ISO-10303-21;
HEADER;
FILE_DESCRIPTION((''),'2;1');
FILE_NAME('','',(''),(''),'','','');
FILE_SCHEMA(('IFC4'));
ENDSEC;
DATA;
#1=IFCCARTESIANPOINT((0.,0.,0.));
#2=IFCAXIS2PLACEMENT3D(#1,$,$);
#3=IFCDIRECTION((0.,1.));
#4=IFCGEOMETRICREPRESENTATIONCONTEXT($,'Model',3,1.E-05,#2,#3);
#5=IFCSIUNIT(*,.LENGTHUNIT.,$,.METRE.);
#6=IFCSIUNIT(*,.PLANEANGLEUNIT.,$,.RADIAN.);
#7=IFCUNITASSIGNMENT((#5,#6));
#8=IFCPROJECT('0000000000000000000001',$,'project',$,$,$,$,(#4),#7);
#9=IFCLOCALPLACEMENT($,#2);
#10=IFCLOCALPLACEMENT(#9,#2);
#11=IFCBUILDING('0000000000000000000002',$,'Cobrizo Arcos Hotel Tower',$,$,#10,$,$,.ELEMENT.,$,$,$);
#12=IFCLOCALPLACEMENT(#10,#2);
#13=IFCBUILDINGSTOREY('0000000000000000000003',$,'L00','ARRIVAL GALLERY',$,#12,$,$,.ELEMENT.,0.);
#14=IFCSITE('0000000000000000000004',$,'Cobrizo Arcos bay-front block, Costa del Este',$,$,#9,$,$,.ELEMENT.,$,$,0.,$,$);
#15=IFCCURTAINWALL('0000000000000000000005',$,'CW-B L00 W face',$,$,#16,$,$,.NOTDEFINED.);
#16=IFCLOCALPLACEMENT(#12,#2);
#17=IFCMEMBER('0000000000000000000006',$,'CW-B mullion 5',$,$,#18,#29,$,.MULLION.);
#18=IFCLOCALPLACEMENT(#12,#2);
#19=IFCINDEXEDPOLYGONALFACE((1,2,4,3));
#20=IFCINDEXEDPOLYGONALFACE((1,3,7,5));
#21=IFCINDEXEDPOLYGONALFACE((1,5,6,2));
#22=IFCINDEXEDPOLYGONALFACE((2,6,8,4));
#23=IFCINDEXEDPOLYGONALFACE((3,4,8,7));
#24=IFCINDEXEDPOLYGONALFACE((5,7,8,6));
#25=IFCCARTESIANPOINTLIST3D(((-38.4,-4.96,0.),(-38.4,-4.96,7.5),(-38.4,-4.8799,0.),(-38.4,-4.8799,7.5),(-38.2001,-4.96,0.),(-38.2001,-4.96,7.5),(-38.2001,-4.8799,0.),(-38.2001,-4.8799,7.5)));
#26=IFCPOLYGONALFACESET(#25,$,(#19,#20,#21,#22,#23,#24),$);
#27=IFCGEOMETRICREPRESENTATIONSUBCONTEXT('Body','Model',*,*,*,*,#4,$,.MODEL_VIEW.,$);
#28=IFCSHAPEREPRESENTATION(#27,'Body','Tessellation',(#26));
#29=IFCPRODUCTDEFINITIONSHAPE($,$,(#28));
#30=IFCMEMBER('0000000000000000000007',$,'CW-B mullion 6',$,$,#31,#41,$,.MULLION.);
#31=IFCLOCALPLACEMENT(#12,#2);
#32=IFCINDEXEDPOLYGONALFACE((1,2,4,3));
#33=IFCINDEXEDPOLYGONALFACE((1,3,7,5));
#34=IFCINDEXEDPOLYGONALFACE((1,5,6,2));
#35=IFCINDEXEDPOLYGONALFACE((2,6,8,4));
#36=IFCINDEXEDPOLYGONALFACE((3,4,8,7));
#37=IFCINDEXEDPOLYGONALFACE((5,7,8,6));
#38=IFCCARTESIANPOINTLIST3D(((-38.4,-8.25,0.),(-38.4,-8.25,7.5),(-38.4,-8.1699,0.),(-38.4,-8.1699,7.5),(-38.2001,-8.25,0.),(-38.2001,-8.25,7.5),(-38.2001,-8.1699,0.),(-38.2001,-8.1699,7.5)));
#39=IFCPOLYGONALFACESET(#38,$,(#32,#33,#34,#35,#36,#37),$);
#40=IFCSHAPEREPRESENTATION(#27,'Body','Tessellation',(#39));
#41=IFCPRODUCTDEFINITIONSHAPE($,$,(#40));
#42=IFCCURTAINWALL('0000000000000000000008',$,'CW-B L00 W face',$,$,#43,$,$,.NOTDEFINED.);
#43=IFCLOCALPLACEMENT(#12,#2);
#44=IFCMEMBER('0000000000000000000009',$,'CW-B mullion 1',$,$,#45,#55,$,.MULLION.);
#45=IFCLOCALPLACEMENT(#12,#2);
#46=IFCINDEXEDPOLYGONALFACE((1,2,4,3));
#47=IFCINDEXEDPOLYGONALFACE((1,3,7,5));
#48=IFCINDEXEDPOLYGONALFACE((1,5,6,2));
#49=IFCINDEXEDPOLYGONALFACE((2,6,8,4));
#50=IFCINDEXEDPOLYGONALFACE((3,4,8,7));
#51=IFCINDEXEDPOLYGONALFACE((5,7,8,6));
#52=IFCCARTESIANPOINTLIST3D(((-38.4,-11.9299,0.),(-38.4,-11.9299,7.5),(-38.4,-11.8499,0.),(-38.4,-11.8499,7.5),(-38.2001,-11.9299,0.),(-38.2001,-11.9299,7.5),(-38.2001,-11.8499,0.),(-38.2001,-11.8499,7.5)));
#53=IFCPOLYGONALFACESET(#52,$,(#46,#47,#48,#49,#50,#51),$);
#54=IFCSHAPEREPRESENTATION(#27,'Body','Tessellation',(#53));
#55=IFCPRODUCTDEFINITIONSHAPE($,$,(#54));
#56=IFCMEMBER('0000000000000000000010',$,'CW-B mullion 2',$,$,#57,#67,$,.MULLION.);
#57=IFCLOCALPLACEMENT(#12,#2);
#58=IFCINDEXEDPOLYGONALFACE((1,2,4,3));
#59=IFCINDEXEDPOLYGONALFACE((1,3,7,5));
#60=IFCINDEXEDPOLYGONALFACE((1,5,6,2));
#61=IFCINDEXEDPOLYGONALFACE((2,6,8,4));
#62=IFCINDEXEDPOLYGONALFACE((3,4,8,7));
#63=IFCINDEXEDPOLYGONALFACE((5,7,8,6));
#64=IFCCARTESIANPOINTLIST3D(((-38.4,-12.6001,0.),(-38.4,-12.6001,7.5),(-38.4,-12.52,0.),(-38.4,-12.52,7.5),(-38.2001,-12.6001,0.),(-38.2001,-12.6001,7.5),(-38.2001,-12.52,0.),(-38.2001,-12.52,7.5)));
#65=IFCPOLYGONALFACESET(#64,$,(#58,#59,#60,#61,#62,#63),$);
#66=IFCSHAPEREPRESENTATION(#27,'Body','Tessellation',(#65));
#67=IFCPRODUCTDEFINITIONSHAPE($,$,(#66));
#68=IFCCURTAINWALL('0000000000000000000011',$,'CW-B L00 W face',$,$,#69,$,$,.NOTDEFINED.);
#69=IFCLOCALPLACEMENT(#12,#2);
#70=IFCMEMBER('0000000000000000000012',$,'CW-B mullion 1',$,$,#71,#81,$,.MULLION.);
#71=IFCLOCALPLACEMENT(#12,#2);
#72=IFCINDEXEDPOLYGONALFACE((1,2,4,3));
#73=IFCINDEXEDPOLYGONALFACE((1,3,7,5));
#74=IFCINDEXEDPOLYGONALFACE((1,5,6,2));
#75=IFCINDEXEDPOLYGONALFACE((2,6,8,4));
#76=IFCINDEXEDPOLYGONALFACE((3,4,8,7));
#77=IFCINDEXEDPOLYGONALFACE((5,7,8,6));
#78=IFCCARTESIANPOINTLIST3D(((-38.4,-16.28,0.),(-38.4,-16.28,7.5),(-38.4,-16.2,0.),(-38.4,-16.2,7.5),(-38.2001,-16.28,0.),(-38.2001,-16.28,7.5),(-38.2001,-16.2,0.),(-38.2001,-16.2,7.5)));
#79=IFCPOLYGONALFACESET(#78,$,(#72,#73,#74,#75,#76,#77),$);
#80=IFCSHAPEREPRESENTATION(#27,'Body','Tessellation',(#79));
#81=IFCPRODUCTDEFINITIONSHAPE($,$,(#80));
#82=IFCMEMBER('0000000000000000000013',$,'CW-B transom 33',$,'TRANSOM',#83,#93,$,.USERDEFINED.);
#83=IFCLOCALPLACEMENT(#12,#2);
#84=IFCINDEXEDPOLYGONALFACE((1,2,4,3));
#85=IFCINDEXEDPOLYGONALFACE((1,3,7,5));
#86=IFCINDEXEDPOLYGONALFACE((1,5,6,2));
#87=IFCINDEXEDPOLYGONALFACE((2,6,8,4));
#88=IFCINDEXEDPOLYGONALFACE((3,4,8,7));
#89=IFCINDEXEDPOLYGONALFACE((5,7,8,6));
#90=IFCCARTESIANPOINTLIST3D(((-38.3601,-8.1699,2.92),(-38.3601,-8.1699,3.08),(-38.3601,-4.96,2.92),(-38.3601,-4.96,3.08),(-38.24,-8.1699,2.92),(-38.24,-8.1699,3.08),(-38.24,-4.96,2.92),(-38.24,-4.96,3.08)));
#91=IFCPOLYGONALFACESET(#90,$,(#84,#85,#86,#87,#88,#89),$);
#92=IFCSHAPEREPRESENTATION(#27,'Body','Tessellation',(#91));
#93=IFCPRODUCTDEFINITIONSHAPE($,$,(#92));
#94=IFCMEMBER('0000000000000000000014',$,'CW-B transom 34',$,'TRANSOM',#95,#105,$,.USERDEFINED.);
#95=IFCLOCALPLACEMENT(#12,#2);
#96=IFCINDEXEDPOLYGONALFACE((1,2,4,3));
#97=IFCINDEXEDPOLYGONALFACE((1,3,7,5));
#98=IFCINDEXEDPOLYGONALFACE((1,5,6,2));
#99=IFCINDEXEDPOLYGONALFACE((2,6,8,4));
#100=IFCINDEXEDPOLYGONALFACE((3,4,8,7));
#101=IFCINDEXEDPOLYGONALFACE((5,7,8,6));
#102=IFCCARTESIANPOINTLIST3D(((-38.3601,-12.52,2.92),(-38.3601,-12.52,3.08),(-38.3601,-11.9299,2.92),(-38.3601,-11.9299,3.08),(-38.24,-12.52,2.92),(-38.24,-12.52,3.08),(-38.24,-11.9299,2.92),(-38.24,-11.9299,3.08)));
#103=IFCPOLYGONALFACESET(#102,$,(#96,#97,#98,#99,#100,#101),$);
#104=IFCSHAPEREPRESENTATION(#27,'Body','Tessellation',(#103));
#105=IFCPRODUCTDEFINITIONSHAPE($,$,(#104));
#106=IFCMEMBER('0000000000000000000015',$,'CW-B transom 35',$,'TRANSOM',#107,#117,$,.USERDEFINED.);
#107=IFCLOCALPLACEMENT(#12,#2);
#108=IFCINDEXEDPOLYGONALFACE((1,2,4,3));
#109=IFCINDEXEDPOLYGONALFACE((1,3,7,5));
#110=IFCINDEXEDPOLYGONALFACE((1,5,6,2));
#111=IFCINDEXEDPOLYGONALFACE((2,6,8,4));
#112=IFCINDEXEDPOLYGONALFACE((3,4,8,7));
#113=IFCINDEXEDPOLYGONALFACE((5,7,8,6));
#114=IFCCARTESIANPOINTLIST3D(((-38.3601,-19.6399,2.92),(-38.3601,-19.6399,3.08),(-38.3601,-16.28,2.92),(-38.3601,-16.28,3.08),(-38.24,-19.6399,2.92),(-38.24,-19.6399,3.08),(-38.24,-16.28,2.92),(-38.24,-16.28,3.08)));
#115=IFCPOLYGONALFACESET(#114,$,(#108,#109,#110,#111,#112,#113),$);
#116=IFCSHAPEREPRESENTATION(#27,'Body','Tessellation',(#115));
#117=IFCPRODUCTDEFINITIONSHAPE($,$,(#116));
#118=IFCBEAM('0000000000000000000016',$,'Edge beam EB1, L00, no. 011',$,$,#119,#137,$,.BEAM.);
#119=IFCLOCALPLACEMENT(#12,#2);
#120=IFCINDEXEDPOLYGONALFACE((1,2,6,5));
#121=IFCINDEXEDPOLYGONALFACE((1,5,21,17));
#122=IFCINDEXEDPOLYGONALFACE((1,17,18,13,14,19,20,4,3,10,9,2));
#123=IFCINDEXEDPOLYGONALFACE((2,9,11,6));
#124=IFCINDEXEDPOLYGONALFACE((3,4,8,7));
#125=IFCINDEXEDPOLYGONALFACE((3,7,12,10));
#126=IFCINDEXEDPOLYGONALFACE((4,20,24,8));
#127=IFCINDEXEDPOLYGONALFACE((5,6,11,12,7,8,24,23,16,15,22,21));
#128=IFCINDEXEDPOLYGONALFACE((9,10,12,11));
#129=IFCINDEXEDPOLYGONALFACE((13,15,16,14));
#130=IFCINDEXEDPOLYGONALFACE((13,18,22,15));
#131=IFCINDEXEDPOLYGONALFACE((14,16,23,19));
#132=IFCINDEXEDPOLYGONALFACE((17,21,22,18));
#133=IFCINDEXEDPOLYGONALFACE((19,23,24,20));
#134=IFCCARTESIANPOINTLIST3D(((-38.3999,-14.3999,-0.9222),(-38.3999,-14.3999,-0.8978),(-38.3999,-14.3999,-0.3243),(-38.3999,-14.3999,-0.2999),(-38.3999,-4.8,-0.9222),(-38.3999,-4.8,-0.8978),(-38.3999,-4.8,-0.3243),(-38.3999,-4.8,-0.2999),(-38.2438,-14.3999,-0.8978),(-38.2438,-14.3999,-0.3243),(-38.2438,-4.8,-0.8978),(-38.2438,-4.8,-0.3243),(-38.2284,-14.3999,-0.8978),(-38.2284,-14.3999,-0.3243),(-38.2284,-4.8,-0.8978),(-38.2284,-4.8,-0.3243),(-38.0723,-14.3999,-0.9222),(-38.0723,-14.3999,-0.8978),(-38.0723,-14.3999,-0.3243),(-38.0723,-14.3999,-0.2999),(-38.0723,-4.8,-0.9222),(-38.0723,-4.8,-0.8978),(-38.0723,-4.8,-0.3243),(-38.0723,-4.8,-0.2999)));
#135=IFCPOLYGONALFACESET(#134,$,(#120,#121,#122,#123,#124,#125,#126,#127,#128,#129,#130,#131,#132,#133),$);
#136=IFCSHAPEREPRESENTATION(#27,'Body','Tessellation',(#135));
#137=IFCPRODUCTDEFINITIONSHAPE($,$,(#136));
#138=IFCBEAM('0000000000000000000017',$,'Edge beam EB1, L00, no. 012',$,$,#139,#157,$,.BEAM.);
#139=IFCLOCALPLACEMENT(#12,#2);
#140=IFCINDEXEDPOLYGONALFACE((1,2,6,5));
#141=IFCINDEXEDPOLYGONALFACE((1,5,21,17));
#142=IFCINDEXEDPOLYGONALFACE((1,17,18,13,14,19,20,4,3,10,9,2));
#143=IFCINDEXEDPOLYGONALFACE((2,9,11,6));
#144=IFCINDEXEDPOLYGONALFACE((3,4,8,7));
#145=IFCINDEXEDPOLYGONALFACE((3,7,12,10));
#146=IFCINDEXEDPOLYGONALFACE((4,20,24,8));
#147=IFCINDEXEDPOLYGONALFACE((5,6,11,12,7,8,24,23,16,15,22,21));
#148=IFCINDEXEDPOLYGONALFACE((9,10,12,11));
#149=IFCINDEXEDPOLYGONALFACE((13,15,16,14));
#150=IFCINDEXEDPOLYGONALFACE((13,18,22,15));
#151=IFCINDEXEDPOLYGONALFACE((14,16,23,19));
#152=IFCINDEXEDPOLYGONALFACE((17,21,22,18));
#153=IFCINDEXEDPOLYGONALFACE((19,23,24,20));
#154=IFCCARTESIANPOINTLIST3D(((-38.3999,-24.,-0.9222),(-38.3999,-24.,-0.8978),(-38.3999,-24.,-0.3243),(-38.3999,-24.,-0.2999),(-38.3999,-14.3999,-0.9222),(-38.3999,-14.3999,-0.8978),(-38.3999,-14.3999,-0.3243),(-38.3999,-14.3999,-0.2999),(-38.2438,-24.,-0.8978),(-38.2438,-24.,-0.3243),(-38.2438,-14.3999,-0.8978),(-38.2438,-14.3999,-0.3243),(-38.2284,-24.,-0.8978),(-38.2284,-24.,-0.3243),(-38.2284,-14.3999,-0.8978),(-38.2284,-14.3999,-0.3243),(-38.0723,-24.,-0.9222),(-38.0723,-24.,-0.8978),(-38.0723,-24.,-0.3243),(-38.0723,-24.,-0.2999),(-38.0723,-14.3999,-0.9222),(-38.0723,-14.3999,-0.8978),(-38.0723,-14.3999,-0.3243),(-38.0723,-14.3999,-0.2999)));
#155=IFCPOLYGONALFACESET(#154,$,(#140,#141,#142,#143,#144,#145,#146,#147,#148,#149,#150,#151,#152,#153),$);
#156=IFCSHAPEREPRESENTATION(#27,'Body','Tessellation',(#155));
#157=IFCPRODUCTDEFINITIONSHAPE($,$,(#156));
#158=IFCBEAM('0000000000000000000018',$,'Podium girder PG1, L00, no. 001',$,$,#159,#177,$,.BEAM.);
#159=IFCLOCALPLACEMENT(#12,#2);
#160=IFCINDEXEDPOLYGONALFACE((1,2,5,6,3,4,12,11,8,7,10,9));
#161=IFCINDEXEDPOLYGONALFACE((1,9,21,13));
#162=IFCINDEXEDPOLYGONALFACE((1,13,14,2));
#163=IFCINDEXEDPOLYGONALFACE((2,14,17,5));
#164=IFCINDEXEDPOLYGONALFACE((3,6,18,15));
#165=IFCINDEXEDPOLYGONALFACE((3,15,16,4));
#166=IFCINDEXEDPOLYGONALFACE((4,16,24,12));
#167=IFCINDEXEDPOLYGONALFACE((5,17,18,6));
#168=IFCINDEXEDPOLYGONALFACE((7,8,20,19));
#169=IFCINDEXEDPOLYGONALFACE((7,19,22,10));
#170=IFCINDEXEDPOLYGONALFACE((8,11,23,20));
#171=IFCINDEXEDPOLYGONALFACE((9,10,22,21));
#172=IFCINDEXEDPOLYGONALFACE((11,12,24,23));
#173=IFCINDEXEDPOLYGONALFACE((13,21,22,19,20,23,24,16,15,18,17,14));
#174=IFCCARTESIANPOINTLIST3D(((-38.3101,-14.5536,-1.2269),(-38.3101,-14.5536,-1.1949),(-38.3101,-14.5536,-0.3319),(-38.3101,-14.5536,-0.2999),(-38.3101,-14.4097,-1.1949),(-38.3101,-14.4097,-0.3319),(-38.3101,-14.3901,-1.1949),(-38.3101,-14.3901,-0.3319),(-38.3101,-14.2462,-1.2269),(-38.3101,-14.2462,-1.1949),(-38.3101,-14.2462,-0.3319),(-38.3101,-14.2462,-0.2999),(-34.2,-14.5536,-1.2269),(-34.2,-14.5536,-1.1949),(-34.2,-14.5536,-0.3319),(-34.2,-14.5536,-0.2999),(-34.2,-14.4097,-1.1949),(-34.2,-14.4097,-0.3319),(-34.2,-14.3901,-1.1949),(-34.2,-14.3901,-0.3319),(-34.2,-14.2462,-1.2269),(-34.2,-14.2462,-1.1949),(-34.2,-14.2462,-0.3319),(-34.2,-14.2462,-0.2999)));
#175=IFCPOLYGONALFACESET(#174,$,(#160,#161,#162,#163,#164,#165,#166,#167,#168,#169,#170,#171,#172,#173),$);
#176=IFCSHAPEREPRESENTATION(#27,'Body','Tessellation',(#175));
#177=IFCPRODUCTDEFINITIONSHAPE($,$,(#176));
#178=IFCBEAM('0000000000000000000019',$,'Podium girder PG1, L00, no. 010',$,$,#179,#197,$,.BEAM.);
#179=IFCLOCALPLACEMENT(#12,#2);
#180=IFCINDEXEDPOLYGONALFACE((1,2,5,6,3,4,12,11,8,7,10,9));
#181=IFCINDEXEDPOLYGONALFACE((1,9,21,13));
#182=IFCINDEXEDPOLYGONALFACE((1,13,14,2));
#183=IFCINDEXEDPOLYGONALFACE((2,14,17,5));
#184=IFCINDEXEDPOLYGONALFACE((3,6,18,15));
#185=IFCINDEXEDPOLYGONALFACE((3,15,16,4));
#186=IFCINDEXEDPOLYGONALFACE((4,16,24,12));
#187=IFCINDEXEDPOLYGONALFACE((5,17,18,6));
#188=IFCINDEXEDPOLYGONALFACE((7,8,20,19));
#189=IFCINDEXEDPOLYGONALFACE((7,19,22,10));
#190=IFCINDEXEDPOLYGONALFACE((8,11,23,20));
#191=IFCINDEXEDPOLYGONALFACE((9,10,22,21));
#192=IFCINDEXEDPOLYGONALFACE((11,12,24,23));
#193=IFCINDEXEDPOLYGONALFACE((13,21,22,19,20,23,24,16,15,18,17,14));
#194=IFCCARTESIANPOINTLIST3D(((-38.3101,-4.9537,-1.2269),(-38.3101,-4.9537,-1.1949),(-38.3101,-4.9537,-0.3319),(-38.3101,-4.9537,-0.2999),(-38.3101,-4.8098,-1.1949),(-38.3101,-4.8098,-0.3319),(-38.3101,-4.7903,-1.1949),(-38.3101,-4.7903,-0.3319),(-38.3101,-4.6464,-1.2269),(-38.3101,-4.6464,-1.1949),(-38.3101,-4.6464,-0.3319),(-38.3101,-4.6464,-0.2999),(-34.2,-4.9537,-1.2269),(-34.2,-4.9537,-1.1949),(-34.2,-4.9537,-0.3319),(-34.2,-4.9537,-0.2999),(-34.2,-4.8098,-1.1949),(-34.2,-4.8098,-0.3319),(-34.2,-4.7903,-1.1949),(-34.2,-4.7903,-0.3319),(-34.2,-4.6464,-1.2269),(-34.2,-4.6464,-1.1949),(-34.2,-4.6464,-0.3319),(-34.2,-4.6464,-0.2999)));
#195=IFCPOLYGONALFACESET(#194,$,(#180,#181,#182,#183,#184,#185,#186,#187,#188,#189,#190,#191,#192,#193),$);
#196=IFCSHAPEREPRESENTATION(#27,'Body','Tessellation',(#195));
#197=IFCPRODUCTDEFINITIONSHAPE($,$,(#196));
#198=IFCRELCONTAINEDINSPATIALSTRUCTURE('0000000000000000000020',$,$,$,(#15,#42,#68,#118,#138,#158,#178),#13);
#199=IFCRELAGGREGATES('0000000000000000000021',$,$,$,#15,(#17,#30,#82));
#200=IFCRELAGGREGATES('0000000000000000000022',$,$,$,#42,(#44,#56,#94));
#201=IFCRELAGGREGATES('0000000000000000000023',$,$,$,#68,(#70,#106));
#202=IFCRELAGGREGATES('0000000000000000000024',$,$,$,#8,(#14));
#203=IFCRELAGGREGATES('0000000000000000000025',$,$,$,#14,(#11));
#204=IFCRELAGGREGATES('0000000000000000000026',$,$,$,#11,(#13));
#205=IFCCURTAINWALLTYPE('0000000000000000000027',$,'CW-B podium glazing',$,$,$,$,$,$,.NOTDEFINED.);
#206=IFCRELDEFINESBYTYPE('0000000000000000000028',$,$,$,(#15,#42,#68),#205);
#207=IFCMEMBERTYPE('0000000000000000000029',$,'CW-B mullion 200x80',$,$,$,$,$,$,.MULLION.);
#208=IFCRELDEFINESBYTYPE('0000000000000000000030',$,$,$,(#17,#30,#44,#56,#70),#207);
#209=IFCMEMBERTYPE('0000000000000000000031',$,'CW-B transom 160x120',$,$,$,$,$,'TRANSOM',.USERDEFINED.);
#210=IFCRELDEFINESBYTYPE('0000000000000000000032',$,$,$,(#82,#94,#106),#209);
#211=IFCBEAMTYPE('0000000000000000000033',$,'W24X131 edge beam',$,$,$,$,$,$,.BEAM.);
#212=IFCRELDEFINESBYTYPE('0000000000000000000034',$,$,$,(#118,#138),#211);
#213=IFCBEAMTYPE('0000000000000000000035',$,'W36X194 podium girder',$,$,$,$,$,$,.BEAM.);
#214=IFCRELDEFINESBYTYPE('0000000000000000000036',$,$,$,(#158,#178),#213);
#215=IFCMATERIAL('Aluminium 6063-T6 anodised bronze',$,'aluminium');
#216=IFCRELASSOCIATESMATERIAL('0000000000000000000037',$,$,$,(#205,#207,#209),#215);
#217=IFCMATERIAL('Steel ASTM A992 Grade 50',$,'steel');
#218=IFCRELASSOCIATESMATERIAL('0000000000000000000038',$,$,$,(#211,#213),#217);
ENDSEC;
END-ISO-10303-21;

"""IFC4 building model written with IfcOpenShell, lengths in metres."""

from ifc_helpers import new_model, si_unit, direction, frame, origin, origin_2d, place, context, subcontext, project, spatial, rectangle, i_section, extrude, material, material_profile, profile_set, type_object, element, aggregate, save


model = new_model("IFC4")

# Units and contexts
model_context = context("Model", 3, precision=1e-05, world=origin(), true_north=direction((0.0, 1.0)))
body_context = subcontext(model_context, "Body", "Model", "MODEL_VIEW")
ifc_project = project(units=[si_unit("LENGTHUNIT", "METRE"), si_unit("PLANEANGLEUNIT", "RADIAN")], contexts=[model_context])

# Site, building, storey
site_placement = place(None, origin())
site = spatial("IfcSite", under=ifc_project, at=site_placement, Name="Cobrizo Arcos bay-front block, Costa del Este", CompositionType="ELEMENT", RefElevation=0.0)
building_placement = place(site_placement, origin())
building = spatial("IfcBuilding", under=site, at=building_placement, Name="Cobrizo Arcos Hotel Tower", CompositionType="ELEMENT")
storey_placement = place(building_placement, origin())
storey = spatial("IfcBuildingStorey", under=building, at=storey_placement, Name="L00", Description="ARRIVAL GALLERY", CompositionType="ELEMENT", Elevation=0.0)

# Curtain walls, members
ifc_material_1 = material(Name="Aluminium 6063-T6 anodised bronze", Category="aluminium")
curtain_wall_type = type_object("IfcCurtainWallType", Name="CW-B podium glazing", PredefinedType="NOTDEFINED", material=ifc_material_1)
curtain_wall_1_placement = place(storey_placement, origin())
curtain_wall_1 = element("IfcCurtainWall", 1, at=curtain_wall_1_placement, inside=storey, type_object=curtain_wall_type, Name="CW-B L00 W face", PredefinedType="NOTDEFINED")
ifc_material_profile_1 = material_profile(ifc_material_1, rectangle(XDim=0.2, YDim=0.0801, at=origin_2d()), Name="CW-B mullion 200x80")
ifc_profile_set_1 = profile_set([ifc_material_profile_1], Name="Aluminium 6063-T6 anodised bronze")
member_type_1 = type_object("IfcMemberType", Name="CW-B mullion 200x80", PredefinedType="MULLION", material=ifc_profile_set_1)
member_1_placement = place(storey_placement, frame((-38.3, -4.9199, 0.0), z_axis=(0.0, 0.0, 1.0), x_axis=(-1.0, 0.0, 0.0)))
member_1 = element("IfcMember", 2, at=member_1_placement, type_object=member_type_1, Name="CW-B mullion 5", PredefinedType="MULLION", context=body_context, shape_type="SweptSolid", body=[
    extrude(rectangle(XDim=0.2, YDim=0.0801, at=origin_2d()), origin(), (0.0, 0.0, 1.0), 7.5),
])
member_2_placement = place(storey_placement, frame((-38.3, -8.21, 0.0), z_axis=(0.0, 0.0, 1.0), x_axis=(-1.0, 0.0, 0.0)))
member_2 = element("IfcMember", 3, at=member_2_placement, type_object=member_type_1, Name="CW-B mullion 6", PredefinedType="MULLION", context=body_context, shape_type="SweptSolid", body=[
    extrude(rectangle(XDim=0.2, YDim=0.0801, at=origin_2d()), origin(), (0.0, 0.0, 1.0), 7.5),
])
curtain_wall_2_placement = place(storey_placement, origin())
curtain_wall_2 = element("IfcCurtainWall", 4, at=curtain_wall_2_placement, inside=storey, type_object=curtain_wall_type, Name="CW-B L00 W face", PredefinedType="NOTDEFINED")
member_3_placement = place(storey_placement, frame((-38.3, -11.8899, 0.0), z_axis=(0.0, 0.0, 1.0), x_axis=(-1.0, 0.0, 0.0)))
member_3 = element("IfcMember", 5, at=member_3_placement, type_object=member_type_1, Name="CW-B mullion 1", PredefinedType="MULLION", context=body_context, shape_type="SweptSolid", body=[
    extrude(rectangle(XDim=0.2, YDim=0.0801, at=origin_2d()), origin(), (0.0, 0.0, 1.0), 7.5),
])
member_4_placement = place(storey_placement, frame((-38.3, -12.5601, 0.0), z_axis=(0.0, 0.0, 1.0), x_axis=(-1.0, 0.0, 0.0)))
member_4 = element("IfcMember", 6, at=member_4_placement, type_object=member_type_1, Name="CW-B mullion 2", PredefinedType="MULLION", context=body_context, shape_type="SweptSolid", body=[
    extrude(rectangle(XDim=0.2, YDim=0.0801, at=origin_2d()), origin(), (0.0, 0.0, 1.0), 7.5),
])

# Curtain wall, member
curtain_wall_3_placement = place(storey_placement, origin())
curtain_wall_3 = element("IfcCurtainWall", 7, at=curtain_wall_3_placement, inside=storey, type_object=curtain_wall_type, Name="CW-B L00 W face", PredefinedType="NOTDEFINED")
member_5_placement = place(storey_placement, frame((-38.3, -16.24, 0.0), z_axis=(0.0, 0.0, 1.0), x_axis=(-1.0, 0.0, 0.0)))
member_5 = element("IfcMember", 8, at=member_5_placement, type_object=member_type_1, Name="CW-B mullion 1", PredefinedType="MULLION", context=body_context, shape_type="SweptSolid", body=[
    extrude(rectangle(XDim=0.2, YDim=0.0801, at=origin_2d()), origin(), (0.0, 0.0, 1.0), 7.5),
])

# Members
ifc_material_profile_2 = material_profile(ifc_material_1, rectangle(XDim=0.1201, YDim=0.1599, at=origin_2d()), Name="CW-B transom 160x120")
ifc_profile_set_2 = profile_set([ifc_material_profile_2], Name="Aluminium 6063-T6 anodised bronze")
member_type_2 = type_object("IfcMemberType", Name="CW-B transom 160x120", ElementType="TRANSOM", PredefinedType="USERDEFINED", material=ifc_profile_set_2)
member_6_placement = place(storey_placement, frame((-38.3, -4.96, 3.0), z_axis=(0.0, -1.0, 0.0), x_axis=(1.0, 0.0, 0.0)))
member_6 = element("IfcMember", 9, at=member_6_placement, type_object=member_type_2, Name="CW-B transom 33", ObjectType="TRANSOM", PredefinedType="USERDEFINED", context=body_context, shape_type="SweptSolid", body=[
    extrude(rectangle(XDim=0.1201, YDim=0.1599, at=origin_2d()), origin(), (0.0, 0.0, 1.0), 3.21),
])
member_7_placement = place(storey_placement, frame((-38.3, -11.9299, 3.0), z_axis=(0.0, -1.0, 0.0), x_axis=(1.0, 0.0, 0.0)))
member_7 = element("IfcMember", 10, at=member_7_placement, type_object=member_type_2, Name="CW-B transom 34", ObjectType="TRANSOM", PredefinedType="USERDEFINED", context=body_context, shape_type="SweptSolid", body=[
    extrude(rectangle(XDim=0.1201, YDim=0.1599, at=origin_2d()), origin(), (0.0, 0.0, 1.0), 0.5901),
])
member_8_placement = place(storey_placement, frame((-38.3, -16.28, 3.0), z_axis=(0.0, -1.0, 0.0), x_axis=(1.0, 0.0, 0.0)))
member_8 = element("IfcMember", 11, at=member_8_placement, type_object=member_type_2, Name="CW-B transom 35", ObjectType="TRANSOM", PredefinedType="USERDEFINED", context=body_context, shape_type="SweptSolid", body=[
    extrude(rectangle(XDim=0.1201, YDim=0.1599, at=origin_2d()), origin(), (0.0, 0.0, 1.0), 3.3599),
])

# Beams
ifc_material_2 = material(Name="Steel ASTM A992 Grade 50", Category="steel")
ifc_material_profile_3 = material_profile(ifc_material_2, i_section(OverallWidth=0.3276, OverallDepth=0.6223, WebThickness=0.0154, FlangeThickness=0.0244, at=origin_2d()), Name="W24X131")
ifc_profile_set_3 = profile_set([ifc_material_profile_3], Name="Steel ASTM A992 Grade 50")
beam_type_1 = type_object("IfcBeamType", Name="W24X131 edge beam", PredefinedType="BEAM", material=ifc_profile_set_3)
beam_1_placement = place(storey_placement, frame((-38.2361, -4.8, -0.6111), z_axis=(0.0, -1.0, 0.0), x_axis=(1.0, 0.0, 0.0)))
element("IfcBeam", 12, at=beam_1_placement, inside=storey, type_object=beam_type_1, Name="Edge beam EB1, L00, no. 011", PredefinedType="BEAM", context=body_context, shape_type="SweptSolid", body=[
    extrude(i_section(OverallWidth=0.3276, OverallDepth=0.6223, WebThickness=0.0154, FlangeThickness=0.0244, at=origin_2d()), origin(), (0.0, 0.0, 1.0), 9.5999),
])
beam_2_placement = place(storey_placement, frame((-38.2361, -14.3999, -0.6111), z_axis=(0.0, -1.0, 0.0), x_axis=(1.0, 0.0, 0.0)))
element("IfcBeam", 13, at=beam_2_placement, inside=storey, type_object=beam_type_1, Name="Edge beam EB1, L00, no. 012", PredefinedType="BEAM", context=body_context, shape_type="SweptSolid", body=[
    extrude(i_section(OverallWidth=0.3276, OverallDepth=0.6223, WebThickness=0.0154, FlangeThickness=0.0244, at=origin_2d()), origin(), (0.0, 0.0, 1.0), 9.6001),
])
ifc_material_profile_4 = material_profile(ifc_material_2, i_section(OverallWidth=0.3074, OverallDepth=0.927, WebThickness=0.0195, FlangeThickness=0.032, at=origin_2d()), Name="W36X194")
ifc_profile_set_4 = profile_set([ifc_material_profile_4], Name="Steel ASTM A992 Grade 50")
beam_type_2 = type_object("IfcBeamType", Name="W36X194 podium girder", PredefinedType="BEAM", material=ifc_profile_set_4)
for number, where, z_axis, x_axis, name in (
    (14, (-38.3101, -14.3999, -0.7634), (1.0, 0.0, 0.0), (0.0, 1.0, 0.0), "Podium girder PG1, L00, no. 001"),
    (15, (-38.3101, -4.8, -0.7634), (1.0, 0.0, 0.0), (0.0, 1.0, 0.0), "Podium girder PG1, L00, no. 010"),
):
    element("IfcBeam", number, at=place(storey_placement, frame(where, z_axis=z_axis, x_axis=x_axis)), inside=storey, type_object=beam_type_2, Name=name, PredefinedType="BEAM", context=body_context, shape_type="SweptSolid", body=[
        extrude(i_section(OverallWidth=0.3074, OverallDepth=0.927, WebThickness=0.0195, FlangeThickness=0.032, at=origin_2d()), origin(), (0.0, 0.0, 1.0), 4.1101),
    ])

aggregate(curtain_wall_1, [member_1, member_2, member_6])
aggregate(curtain_wall_2, [member_3, member_4, member_7])
aggregate(curtain_wall_3, [member_5, member_8])

save(model, "model.ifc")
